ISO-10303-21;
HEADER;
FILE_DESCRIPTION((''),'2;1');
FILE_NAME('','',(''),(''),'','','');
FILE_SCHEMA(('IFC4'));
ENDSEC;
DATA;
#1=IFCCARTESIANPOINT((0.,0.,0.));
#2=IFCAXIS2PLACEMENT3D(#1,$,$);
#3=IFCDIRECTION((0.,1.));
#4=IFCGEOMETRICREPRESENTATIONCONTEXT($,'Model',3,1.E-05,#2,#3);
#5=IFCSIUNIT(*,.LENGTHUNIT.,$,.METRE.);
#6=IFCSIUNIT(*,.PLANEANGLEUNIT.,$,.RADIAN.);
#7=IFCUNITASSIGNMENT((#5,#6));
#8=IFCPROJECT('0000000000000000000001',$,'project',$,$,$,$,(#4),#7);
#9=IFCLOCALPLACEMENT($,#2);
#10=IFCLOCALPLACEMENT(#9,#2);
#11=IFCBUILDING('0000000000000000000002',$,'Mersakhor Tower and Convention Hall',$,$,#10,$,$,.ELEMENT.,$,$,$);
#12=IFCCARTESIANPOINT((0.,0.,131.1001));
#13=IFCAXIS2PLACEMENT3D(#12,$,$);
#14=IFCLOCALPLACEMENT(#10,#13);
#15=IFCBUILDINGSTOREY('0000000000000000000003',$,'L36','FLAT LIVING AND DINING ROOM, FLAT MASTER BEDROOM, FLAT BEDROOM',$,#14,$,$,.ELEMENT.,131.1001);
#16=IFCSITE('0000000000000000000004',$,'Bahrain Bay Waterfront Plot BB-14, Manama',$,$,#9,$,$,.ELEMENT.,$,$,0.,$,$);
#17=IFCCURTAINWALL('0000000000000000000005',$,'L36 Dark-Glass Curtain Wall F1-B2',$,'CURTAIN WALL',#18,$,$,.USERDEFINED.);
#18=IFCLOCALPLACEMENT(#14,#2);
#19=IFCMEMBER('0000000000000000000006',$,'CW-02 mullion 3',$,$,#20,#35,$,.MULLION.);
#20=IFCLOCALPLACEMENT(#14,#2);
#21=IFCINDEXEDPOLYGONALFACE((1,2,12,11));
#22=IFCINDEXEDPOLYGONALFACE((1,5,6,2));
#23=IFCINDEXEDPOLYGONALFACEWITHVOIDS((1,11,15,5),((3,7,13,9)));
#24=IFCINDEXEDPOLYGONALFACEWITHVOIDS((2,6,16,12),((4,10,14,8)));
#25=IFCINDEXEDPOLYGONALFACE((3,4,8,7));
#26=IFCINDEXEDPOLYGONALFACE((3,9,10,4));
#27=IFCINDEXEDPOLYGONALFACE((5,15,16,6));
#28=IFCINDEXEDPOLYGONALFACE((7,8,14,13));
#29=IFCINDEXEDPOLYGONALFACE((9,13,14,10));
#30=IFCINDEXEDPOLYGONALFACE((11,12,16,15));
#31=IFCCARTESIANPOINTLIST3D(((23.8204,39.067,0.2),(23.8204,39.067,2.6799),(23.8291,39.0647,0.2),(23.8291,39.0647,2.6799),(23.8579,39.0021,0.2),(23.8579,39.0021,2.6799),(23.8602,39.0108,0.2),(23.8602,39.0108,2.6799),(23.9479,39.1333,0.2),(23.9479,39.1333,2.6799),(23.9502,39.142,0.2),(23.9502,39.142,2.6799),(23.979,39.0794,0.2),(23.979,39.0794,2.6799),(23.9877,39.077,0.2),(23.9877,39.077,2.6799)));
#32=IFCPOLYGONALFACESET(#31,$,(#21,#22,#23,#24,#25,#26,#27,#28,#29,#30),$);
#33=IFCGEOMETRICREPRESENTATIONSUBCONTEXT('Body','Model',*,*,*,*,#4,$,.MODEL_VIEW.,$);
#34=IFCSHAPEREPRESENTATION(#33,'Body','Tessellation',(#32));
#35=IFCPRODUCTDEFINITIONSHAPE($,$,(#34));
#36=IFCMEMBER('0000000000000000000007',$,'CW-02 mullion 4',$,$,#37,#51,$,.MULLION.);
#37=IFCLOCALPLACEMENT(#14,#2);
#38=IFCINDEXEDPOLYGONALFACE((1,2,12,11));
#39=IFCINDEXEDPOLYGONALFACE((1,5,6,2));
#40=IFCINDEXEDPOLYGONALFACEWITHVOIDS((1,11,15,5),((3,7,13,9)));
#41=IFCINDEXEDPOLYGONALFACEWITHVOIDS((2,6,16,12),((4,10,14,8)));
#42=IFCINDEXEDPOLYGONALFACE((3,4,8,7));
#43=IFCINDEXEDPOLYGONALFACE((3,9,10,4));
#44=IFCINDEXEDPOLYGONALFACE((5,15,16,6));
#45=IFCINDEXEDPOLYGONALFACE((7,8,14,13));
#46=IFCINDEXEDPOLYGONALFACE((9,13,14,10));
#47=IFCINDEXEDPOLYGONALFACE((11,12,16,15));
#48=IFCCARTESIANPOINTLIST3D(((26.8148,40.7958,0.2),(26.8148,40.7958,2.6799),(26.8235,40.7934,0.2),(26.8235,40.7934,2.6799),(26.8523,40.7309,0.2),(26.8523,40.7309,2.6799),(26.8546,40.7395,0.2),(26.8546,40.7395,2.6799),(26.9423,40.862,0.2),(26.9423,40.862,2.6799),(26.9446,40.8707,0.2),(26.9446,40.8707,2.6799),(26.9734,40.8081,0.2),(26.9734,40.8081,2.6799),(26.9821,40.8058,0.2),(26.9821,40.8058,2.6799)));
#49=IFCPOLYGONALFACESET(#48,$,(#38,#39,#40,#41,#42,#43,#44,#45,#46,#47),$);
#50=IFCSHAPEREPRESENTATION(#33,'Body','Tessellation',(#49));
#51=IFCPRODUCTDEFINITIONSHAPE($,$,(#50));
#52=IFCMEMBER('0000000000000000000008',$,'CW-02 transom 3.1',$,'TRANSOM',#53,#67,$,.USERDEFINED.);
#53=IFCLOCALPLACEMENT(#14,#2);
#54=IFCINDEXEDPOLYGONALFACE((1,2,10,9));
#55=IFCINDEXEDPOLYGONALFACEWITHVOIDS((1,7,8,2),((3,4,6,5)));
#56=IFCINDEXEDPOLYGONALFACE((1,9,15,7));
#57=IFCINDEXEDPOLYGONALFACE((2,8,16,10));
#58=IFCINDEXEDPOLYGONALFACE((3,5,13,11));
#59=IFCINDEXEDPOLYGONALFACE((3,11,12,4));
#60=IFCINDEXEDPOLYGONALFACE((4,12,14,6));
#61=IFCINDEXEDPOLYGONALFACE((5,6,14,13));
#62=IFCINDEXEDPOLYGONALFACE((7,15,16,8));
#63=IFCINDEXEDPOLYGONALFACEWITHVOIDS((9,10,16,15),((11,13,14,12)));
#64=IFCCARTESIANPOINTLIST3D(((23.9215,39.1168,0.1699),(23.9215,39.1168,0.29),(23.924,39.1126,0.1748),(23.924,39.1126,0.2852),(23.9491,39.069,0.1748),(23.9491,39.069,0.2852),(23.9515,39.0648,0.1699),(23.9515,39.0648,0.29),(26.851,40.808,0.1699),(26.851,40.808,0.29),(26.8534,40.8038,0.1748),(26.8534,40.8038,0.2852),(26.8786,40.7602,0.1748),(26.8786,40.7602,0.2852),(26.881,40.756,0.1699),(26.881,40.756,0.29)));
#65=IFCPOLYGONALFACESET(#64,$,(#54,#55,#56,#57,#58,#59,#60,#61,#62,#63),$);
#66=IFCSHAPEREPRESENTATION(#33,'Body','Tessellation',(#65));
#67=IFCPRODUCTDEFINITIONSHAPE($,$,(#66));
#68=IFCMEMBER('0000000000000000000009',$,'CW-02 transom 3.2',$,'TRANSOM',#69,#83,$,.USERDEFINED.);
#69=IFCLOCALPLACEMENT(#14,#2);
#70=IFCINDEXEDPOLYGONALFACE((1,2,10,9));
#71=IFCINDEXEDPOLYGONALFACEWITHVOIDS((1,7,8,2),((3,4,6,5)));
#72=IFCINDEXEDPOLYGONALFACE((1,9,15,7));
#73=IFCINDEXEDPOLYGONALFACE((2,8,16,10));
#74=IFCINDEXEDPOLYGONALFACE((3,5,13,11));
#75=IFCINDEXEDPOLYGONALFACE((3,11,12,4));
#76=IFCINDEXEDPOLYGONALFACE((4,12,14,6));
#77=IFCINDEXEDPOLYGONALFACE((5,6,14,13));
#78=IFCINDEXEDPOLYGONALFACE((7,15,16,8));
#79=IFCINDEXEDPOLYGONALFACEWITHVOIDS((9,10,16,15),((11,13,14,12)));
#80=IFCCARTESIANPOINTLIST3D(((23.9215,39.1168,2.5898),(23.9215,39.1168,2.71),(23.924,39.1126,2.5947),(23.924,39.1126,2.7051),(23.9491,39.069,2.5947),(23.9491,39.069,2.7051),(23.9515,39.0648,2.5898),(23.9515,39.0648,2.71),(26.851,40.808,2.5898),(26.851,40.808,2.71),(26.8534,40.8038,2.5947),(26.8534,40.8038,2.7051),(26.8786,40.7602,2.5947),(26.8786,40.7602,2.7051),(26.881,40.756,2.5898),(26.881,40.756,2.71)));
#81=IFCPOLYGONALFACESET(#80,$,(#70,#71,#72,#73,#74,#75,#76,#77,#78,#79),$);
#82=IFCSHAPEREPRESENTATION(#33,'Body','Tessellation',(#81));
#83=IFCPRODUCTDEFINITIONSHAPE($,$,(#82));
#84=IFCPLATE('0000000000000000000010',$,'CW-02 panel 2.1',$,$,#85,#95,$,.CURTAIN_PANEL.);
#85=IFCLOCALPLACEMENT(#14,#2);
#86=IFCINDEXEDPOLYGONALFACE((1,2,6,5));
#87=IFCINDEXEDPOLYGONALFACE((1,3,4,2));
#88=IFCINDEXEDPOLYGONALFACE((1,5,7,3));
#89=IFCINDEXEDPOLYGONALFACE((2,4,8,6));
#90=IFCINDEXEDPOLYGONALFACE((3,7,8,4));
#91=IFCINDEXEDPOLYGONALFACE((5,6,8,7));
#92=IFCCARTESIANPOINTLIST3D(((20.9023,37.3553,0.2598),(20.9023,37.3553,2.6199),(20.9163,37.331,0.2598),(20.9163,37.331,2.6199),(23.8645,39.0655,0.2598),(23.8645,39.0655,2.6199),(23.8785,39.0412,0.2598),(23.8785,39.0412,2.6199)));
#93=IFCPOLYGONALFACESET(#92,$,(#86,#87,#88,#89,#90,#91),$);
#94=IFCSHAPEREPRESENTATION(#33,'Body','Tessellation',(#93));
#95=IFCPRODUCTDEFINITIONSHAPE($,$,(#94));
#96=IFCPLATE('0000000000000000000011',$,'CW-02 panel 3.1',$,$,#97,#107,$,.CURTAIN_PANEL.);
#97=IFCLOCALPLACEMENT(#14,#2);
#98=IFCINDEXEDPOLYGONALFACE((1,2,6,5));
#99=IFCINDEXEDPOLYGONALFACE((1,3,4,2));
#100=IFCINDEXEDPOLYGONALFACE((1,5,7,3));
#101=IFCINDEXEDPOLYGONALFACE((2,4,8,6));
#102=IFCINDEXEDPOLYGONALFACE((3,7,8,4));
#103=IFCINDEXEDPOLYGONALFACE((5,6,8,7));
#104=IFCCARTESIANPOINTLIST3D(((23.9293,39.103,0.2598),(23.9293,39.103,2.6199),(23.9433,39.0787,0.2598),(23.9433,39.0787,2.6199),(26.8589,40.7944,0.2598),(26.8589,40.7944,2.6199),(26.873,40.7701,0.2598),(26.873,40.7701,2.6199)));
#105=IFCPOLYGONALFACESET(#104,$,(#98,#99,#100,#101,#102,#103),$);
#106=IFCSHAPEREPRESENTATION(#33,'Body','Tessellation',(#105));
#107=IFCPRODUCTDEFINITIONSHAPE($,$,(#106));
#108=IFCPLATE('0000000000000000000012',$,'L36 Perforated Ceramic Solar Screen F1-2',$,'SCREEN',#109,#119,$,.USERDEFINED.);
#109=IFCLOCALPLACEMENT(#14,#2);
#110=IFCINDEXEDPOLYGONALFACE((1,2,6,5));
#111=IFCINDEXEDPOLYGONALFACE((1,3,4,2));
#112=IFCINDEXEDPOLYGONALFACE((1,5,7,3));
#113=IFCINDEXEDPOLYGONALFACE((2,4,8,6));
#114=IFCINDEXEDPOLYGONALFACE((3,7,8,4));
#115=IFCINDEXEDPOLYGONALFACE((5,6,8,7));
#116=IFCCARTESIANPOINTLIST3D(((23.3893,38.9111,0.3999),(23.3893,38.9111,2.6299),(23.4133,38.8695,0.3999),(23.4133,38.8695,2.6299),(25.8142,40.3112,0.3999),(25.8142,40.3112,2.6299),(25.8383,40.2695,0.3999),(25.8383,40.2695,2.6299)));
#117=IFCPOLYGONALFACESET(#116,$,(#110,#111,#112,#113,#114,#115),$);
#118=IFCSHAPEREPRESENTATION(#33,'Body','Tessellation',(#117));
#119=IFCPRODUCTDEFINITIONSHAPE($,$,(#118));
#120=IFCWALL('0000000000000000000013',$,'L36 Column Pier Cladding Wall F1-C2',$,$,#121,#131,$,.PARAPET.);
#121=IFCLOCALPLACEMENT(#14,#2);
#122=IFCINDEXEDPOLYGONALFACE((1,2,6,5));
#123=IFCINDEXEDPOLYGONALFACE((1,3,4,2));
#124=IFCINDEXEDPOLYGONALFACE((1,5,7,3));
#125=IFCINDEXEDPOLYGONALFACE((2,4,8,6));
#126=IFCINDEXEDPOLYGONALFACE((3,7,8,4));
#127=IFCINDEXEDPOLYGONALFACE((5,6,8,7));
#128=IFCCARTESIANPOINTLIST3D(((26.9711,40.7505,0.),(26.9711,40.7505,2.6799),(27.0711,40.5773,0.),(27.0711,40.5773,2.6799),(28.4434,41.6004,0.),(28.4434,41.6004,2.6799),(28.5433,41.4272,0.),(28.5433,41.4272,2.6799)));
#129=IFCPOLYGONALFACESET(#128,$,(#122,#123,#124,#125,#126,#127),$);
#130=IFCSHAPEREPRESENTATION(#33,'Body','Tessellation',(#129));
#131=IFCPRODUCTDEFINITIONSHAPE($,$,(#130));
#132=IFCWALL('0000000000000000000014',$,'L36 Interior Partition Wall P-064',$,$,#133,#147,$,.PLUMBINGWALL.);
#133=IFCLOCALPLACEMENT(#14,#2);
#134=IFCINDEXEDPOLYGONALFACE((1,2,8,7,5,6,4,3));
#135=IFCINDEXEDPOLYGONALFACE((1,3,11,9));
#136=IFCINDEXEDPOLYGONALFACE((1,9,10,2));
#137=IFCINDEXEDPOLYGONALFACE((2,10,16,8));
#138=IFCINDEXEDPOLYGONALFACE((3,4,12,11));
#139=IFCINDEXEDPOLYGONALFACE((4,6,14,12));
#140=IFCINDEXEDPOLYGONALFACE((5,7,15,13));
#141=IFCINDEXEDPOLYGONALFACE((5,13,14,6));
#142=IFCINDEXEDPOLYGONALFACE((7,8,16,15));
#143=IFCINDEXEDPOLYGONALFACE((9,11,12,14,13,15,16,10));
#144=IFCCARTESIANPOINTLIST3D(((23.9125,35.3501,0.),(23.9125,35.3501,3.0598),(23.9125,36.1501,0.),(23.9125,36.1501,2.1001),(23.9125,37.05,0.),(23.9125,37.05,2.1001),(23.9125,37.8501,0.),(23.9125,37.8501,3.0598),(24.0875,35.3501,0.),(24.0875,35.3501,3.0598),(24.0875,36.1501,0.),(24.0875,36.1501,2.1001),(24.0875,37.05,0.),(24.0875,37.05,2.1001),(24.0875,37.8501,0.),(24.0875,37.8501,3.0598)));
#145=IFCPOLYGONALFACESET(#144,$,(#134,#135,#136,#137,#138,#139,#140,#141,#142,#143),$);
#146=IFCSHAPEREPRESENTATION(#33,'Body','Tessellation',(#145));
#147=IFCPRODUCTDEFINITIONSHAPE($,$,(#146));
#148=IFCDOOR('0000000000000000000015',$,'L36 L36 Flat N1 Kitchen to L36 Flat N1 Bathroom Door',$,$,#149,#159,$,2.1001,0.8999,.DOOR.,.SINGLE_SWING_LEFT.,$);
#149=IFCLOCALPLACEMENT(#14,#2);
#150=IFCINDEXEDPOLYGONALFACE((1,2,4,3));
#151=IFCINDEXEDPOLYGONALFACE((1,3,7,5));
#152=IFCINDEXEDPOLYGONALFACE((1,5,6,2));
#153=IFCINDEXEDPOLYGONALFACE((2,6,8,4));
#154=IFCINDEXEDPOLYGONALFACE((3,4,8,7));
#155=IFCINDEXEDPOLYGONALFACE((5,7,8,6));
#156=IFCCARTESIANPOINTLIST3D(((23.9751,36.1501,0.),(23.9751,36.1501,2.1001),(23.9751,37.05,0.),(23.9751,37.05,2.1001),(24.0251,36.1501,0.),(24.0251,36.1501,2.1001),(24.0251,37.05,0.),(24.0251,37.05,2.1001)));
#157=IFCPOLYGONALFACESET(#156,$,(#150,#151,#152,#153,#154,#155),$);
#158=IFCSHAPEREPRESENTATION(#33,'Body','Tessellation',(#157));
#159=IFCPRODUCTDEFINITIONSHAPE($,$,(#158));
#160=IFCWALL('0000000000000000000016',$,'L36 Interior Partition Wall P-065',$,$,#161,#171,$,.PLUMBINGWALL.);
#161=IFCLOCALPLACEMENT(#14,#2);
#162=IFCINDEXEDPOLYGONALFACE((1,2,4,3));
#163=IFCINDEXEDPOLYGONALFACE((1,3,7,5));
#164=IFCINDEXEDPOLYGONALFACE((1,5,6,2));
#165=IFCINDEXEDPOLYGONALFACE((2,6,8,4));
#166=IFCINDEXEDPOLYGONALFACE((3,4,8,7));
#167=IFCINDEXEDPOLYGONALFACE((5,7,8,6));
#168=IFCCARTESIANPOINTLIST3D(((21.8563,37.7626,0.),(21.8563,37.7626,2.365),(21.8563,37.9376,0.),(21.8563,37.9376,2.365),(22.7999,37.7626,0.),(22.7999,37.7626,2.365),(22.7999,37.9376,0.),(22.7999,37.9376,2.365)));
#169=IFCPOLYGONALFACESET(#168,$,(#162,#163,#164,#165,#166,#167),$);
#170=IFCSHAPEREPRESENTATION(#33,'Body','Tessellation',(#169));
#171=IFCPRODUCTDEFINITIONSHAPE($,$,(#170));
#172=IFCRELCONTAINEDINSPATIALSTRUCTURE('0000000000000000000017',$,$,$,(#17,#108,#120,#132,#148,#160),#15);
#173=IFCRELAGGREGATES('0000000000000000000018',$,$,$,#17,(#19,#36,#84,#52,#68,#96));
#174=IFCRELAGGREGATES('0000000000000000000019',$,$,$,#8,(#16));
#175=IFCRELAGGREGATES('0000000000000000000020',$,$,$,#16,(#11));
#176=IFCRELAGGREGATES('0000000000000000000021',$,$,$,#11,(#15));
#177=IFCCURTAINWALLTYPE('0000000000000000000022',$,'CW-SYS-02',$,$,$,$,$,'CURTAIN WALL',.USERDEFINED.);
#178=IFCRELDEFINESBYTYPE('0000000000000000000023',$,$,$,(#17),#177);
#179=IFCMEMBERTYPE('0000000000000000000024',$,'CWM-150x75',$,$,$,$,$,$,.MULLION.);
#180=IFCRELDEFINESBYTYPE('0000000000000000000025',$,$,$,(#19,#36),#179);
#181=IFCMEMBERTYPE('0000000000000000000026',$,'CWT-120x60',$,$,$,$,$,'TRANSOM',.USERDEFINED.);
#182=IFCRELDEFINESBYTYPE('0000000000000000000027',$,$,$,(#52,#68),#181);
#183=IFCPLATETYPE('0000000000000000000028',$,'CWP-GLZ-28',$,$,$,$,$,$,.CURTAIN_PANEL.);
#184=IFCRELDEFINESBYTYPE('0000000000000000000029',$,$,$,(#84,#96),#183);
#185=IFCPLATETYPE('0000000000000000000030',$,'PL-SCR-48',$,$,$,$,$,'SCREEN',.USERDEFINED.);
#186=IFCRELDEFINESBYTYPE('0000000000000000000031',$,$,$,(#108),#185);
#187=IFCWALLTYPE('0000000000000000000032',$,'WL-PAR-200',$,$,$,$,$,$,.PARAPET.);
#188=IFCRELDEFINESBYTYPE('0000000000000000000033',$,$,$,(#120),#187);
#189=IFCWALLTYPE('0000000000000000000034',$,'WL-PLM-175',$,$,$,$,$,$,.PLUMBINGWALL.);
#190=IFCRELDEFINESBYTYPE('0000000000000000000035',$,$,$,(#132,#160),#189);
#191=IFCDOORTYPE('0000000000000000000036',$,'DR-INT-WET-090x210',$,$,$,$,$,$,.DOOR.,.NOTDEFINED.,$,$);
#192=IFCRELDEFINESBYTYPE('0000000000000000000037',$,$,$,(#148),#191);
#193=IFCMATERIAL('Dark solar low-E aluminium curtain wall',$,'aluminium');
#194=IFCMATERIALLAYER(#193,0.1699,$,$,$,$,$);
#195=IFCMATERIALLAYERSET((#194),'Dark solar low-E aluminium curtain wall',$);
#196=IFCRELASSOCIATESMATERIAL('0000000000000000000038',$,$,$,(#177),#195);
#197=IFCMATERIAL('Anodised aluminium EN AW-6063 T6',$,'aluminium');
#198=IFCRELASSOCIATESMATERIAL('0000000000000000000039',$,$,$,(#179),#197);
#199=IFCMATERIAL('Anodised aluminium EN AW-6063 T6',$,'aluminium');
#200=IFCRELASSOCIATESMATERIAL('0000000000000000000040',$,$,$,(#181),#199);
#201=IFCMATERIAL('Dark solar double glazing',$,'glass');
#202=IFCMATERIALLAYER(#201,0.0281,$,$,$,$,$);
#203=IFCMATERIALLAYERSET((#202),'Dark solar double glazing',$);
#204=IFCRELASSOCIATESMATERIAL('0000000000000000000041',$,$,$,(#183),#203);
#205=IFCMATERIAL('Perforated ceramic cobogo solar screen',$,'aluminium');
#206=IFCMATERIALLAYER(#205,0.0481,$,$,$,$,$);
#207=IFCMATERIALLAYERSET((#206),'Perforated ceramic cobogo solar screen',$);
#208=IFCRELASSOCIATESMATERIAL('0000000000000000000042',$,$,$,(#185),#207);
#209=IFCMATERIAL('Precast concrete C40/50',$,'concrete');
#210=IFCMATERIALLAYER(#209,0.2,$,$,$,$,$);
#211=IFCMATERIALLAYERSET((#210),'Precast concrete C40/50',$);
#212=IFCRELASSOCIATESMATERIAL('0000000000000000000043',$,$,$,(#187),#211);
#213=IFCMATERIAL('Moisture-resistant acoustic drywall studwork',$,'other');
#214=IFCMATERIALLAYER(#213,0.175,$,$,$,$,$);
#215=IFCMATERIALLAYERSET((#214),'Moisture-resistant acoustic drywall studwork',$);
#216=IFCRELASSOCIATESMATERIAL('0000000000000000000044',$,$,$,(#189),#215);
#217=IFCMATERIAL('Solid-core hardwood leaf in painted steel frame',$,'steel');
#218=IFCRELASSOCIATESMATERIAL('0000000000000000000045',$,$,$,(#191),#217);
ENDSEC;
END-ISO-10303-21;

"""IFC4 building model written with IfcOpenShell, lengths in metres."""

from ifc_helpers import new_model, si_unit, direction, frame, frame_2d, origin, origin_2d, place, context, subcontext, project, spatial, rectangle, hollow_rectangle, extrude, material, layer, layer_set, material_profile, profile_set, type_object, element, fill, aggregate, save


model = new_model("IFC4")

# Units and contexts
model_context = context("Model", 3, precision=1e-05, world=origin(), true_north=direction((0.0, 1.0)))
body_context = subcontext(model_context, "Body", "Model", "MODEL_VIEW")
ifc_project = project(units=[si_unit("LENGTHUNIT", "METRE"), si_unit("PLANEANGLEUNIT", "RADIAN")], contexts=[model_context])

# Site, building, storey
site_placement = place(None, origin())
site = spatial("IfcSite", under=ifc_project, at=site_placement, Name="Bahrain Bay Waterfront Plot BB-14, Manama", CompositionType="ELEMENT", RefElevation=0.0)
building_placement = place(site_placement, origin())
building = spatial("IfcBuilding", under=site, at=building_placement, Name="Mersakhor Tower and Convention Hall", CompositionType="ELEMENT")
storey_placement = place(building_placement, frame((0.0, 0.0, 131.1001)))
storey = spatial("IfcBuildingStorey", under=building, at=storey_placement, Name="L36", Description="FLAT LIVING AND DINING ROOM, FLAT MASTER BEDROOM, FLAT BEDROOM", CompositionType="ELEMENT", Elevation=131.1001)

# Curtain wall, members, plates
ifc_material_1 = material(Name="Dark solar low-E aluminium curtain wall", Category="aluminium")
ifc_layer_1 = layer(ifc_material_1, 0.1699)
ifc_layer_set_1 = layer_set([ifc_layer_1], Name="Dark solar low-E aluminium curtain wall")
curtain_wall_type = type_object("IfcCurtainWallType", Name="CW-SYS-02", ElementType="CURTAIN WALL", PredefinedType="USERDEFINED", material=ifc_layer_set_1)
curtain_wall_placement = place(storey_placement, origin())
curtain_wall = element("IfcCurtainWall", 1, at=curtain_wall_placement, inside=storey, type_object=curtain_wall_type, Name="L36 Dark-Glass Curtain Wall F1-B2", ObjectType="CURTAIN WALL", PredefinedType="USERDEFINED")
ifc_material_2 = material(Name="Anodised aluminium EN AW-6063 T6", Category="aluminium")
ifc_material_profile_1 = material_profile(ifc_material_2, hollow_rectangle(XDim=0.075, YDim=0.1499, WallThickness=0.0063, at=origin_2d()), Name="RHS 150x75x6.3")
ifc_profile_set_1 = profile_set([ifc_material_profile_1], Name="Anodised aluminium EN AW-6063 T6")
member_type_1 = type_object("IfcMemberType", Name="CWM-150x75", PredefinedType="MULLION", material=ifc_profile_set_1)
member_1_placement = place(storey_placement, frame((23.9041, 39.072, 0.2), z_axis=(0.0, 0.0, 1.0), x_axis=(-0.49999, 0.866031, 0.0)))
member_1 = element("IfcMember", 2, at=member_1_placement, type_object=member_type_1, Name="CW-02 mullion 3", PredefinedType="MULLION", context=body_context, shape_type="SweptSolid", body=[
    extrude(hollow_rectangle(XDim=0.075, YDim=0.1499, WallThickness=0.0063, at=origin_2d()), origin(), (0.0, 0.0, 1.0), 2.48),
])
member_2_placement = place(storey_placement, frame((26.8984, 40.8008, 0.2), z_axis=(0.0, 0.0, 1.0), x_axis=(-0.49999, 0.866031, 0.0)))
member_2 = element("IfcMember", 3, at=member_2_placement, type_object=member_type_1, Name="CW-02 mullion 4", PredefinedType="MULLION", context=body_context, shape_type="SweptSolid", body=[
    extrude(hollow_rectangle(XDim=0.075, YDim=0.1499, WallThickness=0.0063, at=origin_2d()), origin(), (0.0, 0.0, 1.0), 2.48),
])
ifc_material_3 = material(Name="Anodised aluminium EN AW-6063 T6", Category="aluminium")
ifc_material_profile_2 = material_profile(ifc_material_3, hollow_rectangle(XDim=0.0601, YDim=0.1201, WallThickness=0.0049, at=origin_2d()), Name="RHS 120x60x5")
ifc_profile_set_2 = profile_set([ifc_material_profile_2], Name="Anodised aluminium EN AW-6063 T6")
member_type_2 = type_object("IfcMemberType", Name="CWT-120x60", ElementType="TRANSOM", PredefinedType="USERDEFINED", material=ifc_profile_set_2)
member_3_placement = place(storey_placement, frame((23.9365, 39.0908, 0.23), z_axis=(0.866045, 0.499966, 0.0), x_axis=(-0.499966, 0.866045, 0.0)))
member_3 = element("IfcMember", 4, at=member_3_placement, type_object=member_type_2, Name="CW-02 transom 3.1", ObjectType="TRANSOM", PredefinedType="USERDEFINED", context=body_context, shape_type="SweptSolid", body=[
    extrude(hollow_rectangle(XDim=0.0601, YDim=0.1201, WallThickness=0.0049, at=origin_2d()), origin(), (0.0, 0.0, 1.0), 3.3826),
])
member_4_placement = place(storey_placement, frame((23.9365, 39.0908, 2.6499), z_axis=(0.866045, 0.499966, 0.0), x_axis=(-0.499966, 0.866045, 0.0)))
member_4 = element("IfcMember", 5, at=member_4_placement, type_object=member_type_2, Name="CW-02 transom 3.2", ObjectType="TRANSOM", PredefinedType="USERDEFINED", context=body_context, shape_type="SweptSolid", body=[
    extrude(hollow_rectangle(XDim=0.0601, YDim=0.1201, WallThickness=0.0049, at=origin_2d()), origin(), (0.0, 0.0, 1.0), 3.3826),
])
ifc_material_4 = material(Name="Dark solar double glazing", Category="glass")
ifc_layer_2 = layer(ifc_material_4, 0.0281)
ifc_layer_set_2 = layer_set([ifc_layer_2], Name="Dark solar double glazing")
plate_type_1 = type_object("IfcPlateType", Name="CWP-GLZ-28", PredefinedType="CURTAIN_PANEL", material=ifc_layer_set_2)
plate_1_placement = place(storey_placement, frame((22.3904, 38.1982, 0.2598), z_axis=(0.0, 0.0, 1.0), x_axis=(0.866031, 0.49999, 0.0)))
plate_1 = element("IfcPlate", 6, at=plate_1_placement, type_object=plate_type_1, Name="CW-02 panel 2.1", PredefinedType="CURTAIN_PANEL", context=body_context, shape_type="SweptSolid", body=[
    extrude(rectangle(XDim=3.4204, YDim=0.0281, at=origin_2d()), origin(), (0.0, 0.0, 1.0), 2.3601),
])
plate_2_placement = place(storey_placement, frame((25.4011, 39.9365, 0.2598), z_axis=(0.0, 0.0, 1.0), x_axis=(0.866031, 0.49999, 0.0)))
plate_2 = element("IfcPlate", 7, at=plate_2_placement, type_object=plate_type_1, Name="CW-02 panel 3.1", PredefinedType="CURTAIN_PANEL", context=body_context, shape_type="SweptSolid", body=[
    extrude(rectangle(XDim=3.3828, YDim=0.0281, at=origin_2d()), origin(), (0.0, 0.0, 1.0), 2.3601),
])
aggregate(curtain_wall, [member_1, member_2, plate_1, member_3, member_4, plate_2])

# Plate
ifc_material_5 = material(Name="Perforated ceramic cobogo solar screen", Category="aluminium")
ifc_layer_3 = layer(ifc_material_5, 0.0481)
ifc_layer_set_3 = layer_set([ifc_layer_3], Name="Perforated ceramic cobogo solar screen")
plate_type_2 = type_object("IfcPlateType", Name="PL-SCR-48", ElementType="SCREEN", PredefinedType="USERDEFINED", material=ifc_layer_set_3)
plate_3_placement = place(storey_placement, frame((24.6138, 39.5903, 0.3999), z_axis=(0.0, 0.0, 1.0), x_axis=(0.866025, 0.5, 0.0)))
element("IfcPlate", 8, at=plate_3_placement, inside=storey, type_object=plate_type_2, Name="L36 Perforated Ceramic Solar Screen F1-2", ObjectType="SCREEN", PredefinedType="USERDEFINED", context=body_context, shape_type="SweptSolid", body=[
    extrude(rectangle(XDim=2.8, YDim=0.0481, at=origin_2d()), origin(), (0.0, 0.0, 1.0), 2.23),
])

# Wall
ifc_material_6 = material(Name="Precast concrete C40/50", Category="concrete")
ifc_layer_4 = layer(ifc_material_6, 0.2)
ifc_layer_set_4 = layer_set([ifc_layer_4], Name="Precast concrete C40/50")
wall_type_1 = type_object("IfcWallType", Name="WL-PAR-200", PredefinedType="PARAPET", material=ifc_layer_set_4)
wall_1_placement = place(storey_placement, frame((27.021, 40.6638, 0.0), z_axis=(0.0, 0.0, 1.0), x_axis=(0.866052, 0.499955, 0.0)))
element("IfcWall", 9, at=wall_1_placement, inside=storey, type_object=wall_type_1, Name="L36 Column Pier Cladding Wall F1-C2", PredefinedType="PARAPET", context=body_context, shape_type="SweptSolid", body=[
    extrude(rectangle(XDim=1.7, YDim=0.2, at=frame_2d((0.8501, 0.0))), origin(), (0.0, 0.0, 1.0), 2.6799),
])

# Wall, opening, door
ifc_material_7 = material(Name="Moisture-resistant acoustic drywall studwork", Category="other")
ifc_layer_5 = layer(ifc_material_7, 0.175)
ifc_layer_set_5 = layer_set([ifc_layer_5], Name="Moisture-resistant acoustic drywall studwork")
wall_type_2 = type_object("IfcWallType", Name="WL-PLM-175", PredefinedType="PLUMBINGWALL", material=ifc_layer_set_5)
wall_2_placement = place(storey_placement, frame((24.0, 35.3501, 0.0), z_axis=(0.0, 0.0, 1.0), x_axis=(0.0, 1.0, 0.0)))
wall_2 = element("IfcWall", 10, at=wall_2_placement, inside=storey, type_object=wall_type_2, Name="L36 Interior Partition Wall P-064", PredefinedType="PLUMBINGWALL", context=body_context, shape_type="SweptSolid", body=[
    extrude(rectangle(XDim=2.5, YDim=0.175, at=frame_2d((1.25, 0.0))), origin(), (0.0, 0.0, 1.0), 3.0598),
])
opening_1_placement = place(wall_2_placement, frame((0.8, 0.0, 0.0)))
opening_1 = element("IfcOpeningElement", 11, at=opening_1_placement, cuts=wall_2, PredefinedType="OPENING", context=body_context, shape_type="SweptSolid", body=[
    extrude(rectangle(XDim=0.8999, YDim=2.1001, at=frame_2d((0.45, 1.05))), frame((0.0, 0.0974, 0.0), z_axis=(0.0, -1.0, 0.0), x_axis=(1.0, 0.0, 0.0)), (0.0, 0.0, 1.0), 0.1951),
])
ifc_material_8 = material(Name="Solid-core hardwood leaf in painted steel frame", Category="steel")
door_type_1 = type_object("IfcDoorType", Name="DR-INT-WET-090x210", OperationType="NOTDEFINED", PredefinedType="DOOR", material=ifc_material_8)
door_1_placement = place(opening_1_placement, origin())
door_1 = element("IfcDoor", 12, at=door_1_placement, inside=storey, type_object=door_type_1, Name="L36 L36 Flat N1 Kitchen to L36 Flat N1 Bathroom Door", OperationType="SINGLE_SWING_LEFT", OverallHeight=2.1001, OverallWidth=0.8999, PredefinedType="DOOR", context=body_context, shape_type="SweptSolid", body=[
    extrude(rectangle(XDim=0.8999, YDim=2.1001, at=frame_2d((0.45, 1.05))), frame((0.0, 0.0249, 0.0), z_axis=(0.0, -1.0, 0.0), x_axis=(1.0, 0.0, 0.0)), (0.0, 0.0, 1.0), 0.05),
])
fill(opening_1, door_1)

# Wall
wall_3_placement = place(storey_placement, frame((21.8564, 37.8501, 0.0), z_axis=(0.0, 0.0, 1.0), x_axis=(1.0, 0.0, 0.0)))
element("IfcWall", 13, at=wall_3_placement, inside=storey, type_object=wall_type_2, Name="L36 Interior Partition Wall P-065", PredefinedType="PLUMBINGWALL", context=body_context, shape_type="SweptSolid", body=[
    extrude(rectangle(XDim=0.9436, YDim=0.175, at=frame_2d((0.4717, 0.0))), origin(), (0.0, 0.0, 1.0), 2.365),
])

save(model, "model.ifc")
